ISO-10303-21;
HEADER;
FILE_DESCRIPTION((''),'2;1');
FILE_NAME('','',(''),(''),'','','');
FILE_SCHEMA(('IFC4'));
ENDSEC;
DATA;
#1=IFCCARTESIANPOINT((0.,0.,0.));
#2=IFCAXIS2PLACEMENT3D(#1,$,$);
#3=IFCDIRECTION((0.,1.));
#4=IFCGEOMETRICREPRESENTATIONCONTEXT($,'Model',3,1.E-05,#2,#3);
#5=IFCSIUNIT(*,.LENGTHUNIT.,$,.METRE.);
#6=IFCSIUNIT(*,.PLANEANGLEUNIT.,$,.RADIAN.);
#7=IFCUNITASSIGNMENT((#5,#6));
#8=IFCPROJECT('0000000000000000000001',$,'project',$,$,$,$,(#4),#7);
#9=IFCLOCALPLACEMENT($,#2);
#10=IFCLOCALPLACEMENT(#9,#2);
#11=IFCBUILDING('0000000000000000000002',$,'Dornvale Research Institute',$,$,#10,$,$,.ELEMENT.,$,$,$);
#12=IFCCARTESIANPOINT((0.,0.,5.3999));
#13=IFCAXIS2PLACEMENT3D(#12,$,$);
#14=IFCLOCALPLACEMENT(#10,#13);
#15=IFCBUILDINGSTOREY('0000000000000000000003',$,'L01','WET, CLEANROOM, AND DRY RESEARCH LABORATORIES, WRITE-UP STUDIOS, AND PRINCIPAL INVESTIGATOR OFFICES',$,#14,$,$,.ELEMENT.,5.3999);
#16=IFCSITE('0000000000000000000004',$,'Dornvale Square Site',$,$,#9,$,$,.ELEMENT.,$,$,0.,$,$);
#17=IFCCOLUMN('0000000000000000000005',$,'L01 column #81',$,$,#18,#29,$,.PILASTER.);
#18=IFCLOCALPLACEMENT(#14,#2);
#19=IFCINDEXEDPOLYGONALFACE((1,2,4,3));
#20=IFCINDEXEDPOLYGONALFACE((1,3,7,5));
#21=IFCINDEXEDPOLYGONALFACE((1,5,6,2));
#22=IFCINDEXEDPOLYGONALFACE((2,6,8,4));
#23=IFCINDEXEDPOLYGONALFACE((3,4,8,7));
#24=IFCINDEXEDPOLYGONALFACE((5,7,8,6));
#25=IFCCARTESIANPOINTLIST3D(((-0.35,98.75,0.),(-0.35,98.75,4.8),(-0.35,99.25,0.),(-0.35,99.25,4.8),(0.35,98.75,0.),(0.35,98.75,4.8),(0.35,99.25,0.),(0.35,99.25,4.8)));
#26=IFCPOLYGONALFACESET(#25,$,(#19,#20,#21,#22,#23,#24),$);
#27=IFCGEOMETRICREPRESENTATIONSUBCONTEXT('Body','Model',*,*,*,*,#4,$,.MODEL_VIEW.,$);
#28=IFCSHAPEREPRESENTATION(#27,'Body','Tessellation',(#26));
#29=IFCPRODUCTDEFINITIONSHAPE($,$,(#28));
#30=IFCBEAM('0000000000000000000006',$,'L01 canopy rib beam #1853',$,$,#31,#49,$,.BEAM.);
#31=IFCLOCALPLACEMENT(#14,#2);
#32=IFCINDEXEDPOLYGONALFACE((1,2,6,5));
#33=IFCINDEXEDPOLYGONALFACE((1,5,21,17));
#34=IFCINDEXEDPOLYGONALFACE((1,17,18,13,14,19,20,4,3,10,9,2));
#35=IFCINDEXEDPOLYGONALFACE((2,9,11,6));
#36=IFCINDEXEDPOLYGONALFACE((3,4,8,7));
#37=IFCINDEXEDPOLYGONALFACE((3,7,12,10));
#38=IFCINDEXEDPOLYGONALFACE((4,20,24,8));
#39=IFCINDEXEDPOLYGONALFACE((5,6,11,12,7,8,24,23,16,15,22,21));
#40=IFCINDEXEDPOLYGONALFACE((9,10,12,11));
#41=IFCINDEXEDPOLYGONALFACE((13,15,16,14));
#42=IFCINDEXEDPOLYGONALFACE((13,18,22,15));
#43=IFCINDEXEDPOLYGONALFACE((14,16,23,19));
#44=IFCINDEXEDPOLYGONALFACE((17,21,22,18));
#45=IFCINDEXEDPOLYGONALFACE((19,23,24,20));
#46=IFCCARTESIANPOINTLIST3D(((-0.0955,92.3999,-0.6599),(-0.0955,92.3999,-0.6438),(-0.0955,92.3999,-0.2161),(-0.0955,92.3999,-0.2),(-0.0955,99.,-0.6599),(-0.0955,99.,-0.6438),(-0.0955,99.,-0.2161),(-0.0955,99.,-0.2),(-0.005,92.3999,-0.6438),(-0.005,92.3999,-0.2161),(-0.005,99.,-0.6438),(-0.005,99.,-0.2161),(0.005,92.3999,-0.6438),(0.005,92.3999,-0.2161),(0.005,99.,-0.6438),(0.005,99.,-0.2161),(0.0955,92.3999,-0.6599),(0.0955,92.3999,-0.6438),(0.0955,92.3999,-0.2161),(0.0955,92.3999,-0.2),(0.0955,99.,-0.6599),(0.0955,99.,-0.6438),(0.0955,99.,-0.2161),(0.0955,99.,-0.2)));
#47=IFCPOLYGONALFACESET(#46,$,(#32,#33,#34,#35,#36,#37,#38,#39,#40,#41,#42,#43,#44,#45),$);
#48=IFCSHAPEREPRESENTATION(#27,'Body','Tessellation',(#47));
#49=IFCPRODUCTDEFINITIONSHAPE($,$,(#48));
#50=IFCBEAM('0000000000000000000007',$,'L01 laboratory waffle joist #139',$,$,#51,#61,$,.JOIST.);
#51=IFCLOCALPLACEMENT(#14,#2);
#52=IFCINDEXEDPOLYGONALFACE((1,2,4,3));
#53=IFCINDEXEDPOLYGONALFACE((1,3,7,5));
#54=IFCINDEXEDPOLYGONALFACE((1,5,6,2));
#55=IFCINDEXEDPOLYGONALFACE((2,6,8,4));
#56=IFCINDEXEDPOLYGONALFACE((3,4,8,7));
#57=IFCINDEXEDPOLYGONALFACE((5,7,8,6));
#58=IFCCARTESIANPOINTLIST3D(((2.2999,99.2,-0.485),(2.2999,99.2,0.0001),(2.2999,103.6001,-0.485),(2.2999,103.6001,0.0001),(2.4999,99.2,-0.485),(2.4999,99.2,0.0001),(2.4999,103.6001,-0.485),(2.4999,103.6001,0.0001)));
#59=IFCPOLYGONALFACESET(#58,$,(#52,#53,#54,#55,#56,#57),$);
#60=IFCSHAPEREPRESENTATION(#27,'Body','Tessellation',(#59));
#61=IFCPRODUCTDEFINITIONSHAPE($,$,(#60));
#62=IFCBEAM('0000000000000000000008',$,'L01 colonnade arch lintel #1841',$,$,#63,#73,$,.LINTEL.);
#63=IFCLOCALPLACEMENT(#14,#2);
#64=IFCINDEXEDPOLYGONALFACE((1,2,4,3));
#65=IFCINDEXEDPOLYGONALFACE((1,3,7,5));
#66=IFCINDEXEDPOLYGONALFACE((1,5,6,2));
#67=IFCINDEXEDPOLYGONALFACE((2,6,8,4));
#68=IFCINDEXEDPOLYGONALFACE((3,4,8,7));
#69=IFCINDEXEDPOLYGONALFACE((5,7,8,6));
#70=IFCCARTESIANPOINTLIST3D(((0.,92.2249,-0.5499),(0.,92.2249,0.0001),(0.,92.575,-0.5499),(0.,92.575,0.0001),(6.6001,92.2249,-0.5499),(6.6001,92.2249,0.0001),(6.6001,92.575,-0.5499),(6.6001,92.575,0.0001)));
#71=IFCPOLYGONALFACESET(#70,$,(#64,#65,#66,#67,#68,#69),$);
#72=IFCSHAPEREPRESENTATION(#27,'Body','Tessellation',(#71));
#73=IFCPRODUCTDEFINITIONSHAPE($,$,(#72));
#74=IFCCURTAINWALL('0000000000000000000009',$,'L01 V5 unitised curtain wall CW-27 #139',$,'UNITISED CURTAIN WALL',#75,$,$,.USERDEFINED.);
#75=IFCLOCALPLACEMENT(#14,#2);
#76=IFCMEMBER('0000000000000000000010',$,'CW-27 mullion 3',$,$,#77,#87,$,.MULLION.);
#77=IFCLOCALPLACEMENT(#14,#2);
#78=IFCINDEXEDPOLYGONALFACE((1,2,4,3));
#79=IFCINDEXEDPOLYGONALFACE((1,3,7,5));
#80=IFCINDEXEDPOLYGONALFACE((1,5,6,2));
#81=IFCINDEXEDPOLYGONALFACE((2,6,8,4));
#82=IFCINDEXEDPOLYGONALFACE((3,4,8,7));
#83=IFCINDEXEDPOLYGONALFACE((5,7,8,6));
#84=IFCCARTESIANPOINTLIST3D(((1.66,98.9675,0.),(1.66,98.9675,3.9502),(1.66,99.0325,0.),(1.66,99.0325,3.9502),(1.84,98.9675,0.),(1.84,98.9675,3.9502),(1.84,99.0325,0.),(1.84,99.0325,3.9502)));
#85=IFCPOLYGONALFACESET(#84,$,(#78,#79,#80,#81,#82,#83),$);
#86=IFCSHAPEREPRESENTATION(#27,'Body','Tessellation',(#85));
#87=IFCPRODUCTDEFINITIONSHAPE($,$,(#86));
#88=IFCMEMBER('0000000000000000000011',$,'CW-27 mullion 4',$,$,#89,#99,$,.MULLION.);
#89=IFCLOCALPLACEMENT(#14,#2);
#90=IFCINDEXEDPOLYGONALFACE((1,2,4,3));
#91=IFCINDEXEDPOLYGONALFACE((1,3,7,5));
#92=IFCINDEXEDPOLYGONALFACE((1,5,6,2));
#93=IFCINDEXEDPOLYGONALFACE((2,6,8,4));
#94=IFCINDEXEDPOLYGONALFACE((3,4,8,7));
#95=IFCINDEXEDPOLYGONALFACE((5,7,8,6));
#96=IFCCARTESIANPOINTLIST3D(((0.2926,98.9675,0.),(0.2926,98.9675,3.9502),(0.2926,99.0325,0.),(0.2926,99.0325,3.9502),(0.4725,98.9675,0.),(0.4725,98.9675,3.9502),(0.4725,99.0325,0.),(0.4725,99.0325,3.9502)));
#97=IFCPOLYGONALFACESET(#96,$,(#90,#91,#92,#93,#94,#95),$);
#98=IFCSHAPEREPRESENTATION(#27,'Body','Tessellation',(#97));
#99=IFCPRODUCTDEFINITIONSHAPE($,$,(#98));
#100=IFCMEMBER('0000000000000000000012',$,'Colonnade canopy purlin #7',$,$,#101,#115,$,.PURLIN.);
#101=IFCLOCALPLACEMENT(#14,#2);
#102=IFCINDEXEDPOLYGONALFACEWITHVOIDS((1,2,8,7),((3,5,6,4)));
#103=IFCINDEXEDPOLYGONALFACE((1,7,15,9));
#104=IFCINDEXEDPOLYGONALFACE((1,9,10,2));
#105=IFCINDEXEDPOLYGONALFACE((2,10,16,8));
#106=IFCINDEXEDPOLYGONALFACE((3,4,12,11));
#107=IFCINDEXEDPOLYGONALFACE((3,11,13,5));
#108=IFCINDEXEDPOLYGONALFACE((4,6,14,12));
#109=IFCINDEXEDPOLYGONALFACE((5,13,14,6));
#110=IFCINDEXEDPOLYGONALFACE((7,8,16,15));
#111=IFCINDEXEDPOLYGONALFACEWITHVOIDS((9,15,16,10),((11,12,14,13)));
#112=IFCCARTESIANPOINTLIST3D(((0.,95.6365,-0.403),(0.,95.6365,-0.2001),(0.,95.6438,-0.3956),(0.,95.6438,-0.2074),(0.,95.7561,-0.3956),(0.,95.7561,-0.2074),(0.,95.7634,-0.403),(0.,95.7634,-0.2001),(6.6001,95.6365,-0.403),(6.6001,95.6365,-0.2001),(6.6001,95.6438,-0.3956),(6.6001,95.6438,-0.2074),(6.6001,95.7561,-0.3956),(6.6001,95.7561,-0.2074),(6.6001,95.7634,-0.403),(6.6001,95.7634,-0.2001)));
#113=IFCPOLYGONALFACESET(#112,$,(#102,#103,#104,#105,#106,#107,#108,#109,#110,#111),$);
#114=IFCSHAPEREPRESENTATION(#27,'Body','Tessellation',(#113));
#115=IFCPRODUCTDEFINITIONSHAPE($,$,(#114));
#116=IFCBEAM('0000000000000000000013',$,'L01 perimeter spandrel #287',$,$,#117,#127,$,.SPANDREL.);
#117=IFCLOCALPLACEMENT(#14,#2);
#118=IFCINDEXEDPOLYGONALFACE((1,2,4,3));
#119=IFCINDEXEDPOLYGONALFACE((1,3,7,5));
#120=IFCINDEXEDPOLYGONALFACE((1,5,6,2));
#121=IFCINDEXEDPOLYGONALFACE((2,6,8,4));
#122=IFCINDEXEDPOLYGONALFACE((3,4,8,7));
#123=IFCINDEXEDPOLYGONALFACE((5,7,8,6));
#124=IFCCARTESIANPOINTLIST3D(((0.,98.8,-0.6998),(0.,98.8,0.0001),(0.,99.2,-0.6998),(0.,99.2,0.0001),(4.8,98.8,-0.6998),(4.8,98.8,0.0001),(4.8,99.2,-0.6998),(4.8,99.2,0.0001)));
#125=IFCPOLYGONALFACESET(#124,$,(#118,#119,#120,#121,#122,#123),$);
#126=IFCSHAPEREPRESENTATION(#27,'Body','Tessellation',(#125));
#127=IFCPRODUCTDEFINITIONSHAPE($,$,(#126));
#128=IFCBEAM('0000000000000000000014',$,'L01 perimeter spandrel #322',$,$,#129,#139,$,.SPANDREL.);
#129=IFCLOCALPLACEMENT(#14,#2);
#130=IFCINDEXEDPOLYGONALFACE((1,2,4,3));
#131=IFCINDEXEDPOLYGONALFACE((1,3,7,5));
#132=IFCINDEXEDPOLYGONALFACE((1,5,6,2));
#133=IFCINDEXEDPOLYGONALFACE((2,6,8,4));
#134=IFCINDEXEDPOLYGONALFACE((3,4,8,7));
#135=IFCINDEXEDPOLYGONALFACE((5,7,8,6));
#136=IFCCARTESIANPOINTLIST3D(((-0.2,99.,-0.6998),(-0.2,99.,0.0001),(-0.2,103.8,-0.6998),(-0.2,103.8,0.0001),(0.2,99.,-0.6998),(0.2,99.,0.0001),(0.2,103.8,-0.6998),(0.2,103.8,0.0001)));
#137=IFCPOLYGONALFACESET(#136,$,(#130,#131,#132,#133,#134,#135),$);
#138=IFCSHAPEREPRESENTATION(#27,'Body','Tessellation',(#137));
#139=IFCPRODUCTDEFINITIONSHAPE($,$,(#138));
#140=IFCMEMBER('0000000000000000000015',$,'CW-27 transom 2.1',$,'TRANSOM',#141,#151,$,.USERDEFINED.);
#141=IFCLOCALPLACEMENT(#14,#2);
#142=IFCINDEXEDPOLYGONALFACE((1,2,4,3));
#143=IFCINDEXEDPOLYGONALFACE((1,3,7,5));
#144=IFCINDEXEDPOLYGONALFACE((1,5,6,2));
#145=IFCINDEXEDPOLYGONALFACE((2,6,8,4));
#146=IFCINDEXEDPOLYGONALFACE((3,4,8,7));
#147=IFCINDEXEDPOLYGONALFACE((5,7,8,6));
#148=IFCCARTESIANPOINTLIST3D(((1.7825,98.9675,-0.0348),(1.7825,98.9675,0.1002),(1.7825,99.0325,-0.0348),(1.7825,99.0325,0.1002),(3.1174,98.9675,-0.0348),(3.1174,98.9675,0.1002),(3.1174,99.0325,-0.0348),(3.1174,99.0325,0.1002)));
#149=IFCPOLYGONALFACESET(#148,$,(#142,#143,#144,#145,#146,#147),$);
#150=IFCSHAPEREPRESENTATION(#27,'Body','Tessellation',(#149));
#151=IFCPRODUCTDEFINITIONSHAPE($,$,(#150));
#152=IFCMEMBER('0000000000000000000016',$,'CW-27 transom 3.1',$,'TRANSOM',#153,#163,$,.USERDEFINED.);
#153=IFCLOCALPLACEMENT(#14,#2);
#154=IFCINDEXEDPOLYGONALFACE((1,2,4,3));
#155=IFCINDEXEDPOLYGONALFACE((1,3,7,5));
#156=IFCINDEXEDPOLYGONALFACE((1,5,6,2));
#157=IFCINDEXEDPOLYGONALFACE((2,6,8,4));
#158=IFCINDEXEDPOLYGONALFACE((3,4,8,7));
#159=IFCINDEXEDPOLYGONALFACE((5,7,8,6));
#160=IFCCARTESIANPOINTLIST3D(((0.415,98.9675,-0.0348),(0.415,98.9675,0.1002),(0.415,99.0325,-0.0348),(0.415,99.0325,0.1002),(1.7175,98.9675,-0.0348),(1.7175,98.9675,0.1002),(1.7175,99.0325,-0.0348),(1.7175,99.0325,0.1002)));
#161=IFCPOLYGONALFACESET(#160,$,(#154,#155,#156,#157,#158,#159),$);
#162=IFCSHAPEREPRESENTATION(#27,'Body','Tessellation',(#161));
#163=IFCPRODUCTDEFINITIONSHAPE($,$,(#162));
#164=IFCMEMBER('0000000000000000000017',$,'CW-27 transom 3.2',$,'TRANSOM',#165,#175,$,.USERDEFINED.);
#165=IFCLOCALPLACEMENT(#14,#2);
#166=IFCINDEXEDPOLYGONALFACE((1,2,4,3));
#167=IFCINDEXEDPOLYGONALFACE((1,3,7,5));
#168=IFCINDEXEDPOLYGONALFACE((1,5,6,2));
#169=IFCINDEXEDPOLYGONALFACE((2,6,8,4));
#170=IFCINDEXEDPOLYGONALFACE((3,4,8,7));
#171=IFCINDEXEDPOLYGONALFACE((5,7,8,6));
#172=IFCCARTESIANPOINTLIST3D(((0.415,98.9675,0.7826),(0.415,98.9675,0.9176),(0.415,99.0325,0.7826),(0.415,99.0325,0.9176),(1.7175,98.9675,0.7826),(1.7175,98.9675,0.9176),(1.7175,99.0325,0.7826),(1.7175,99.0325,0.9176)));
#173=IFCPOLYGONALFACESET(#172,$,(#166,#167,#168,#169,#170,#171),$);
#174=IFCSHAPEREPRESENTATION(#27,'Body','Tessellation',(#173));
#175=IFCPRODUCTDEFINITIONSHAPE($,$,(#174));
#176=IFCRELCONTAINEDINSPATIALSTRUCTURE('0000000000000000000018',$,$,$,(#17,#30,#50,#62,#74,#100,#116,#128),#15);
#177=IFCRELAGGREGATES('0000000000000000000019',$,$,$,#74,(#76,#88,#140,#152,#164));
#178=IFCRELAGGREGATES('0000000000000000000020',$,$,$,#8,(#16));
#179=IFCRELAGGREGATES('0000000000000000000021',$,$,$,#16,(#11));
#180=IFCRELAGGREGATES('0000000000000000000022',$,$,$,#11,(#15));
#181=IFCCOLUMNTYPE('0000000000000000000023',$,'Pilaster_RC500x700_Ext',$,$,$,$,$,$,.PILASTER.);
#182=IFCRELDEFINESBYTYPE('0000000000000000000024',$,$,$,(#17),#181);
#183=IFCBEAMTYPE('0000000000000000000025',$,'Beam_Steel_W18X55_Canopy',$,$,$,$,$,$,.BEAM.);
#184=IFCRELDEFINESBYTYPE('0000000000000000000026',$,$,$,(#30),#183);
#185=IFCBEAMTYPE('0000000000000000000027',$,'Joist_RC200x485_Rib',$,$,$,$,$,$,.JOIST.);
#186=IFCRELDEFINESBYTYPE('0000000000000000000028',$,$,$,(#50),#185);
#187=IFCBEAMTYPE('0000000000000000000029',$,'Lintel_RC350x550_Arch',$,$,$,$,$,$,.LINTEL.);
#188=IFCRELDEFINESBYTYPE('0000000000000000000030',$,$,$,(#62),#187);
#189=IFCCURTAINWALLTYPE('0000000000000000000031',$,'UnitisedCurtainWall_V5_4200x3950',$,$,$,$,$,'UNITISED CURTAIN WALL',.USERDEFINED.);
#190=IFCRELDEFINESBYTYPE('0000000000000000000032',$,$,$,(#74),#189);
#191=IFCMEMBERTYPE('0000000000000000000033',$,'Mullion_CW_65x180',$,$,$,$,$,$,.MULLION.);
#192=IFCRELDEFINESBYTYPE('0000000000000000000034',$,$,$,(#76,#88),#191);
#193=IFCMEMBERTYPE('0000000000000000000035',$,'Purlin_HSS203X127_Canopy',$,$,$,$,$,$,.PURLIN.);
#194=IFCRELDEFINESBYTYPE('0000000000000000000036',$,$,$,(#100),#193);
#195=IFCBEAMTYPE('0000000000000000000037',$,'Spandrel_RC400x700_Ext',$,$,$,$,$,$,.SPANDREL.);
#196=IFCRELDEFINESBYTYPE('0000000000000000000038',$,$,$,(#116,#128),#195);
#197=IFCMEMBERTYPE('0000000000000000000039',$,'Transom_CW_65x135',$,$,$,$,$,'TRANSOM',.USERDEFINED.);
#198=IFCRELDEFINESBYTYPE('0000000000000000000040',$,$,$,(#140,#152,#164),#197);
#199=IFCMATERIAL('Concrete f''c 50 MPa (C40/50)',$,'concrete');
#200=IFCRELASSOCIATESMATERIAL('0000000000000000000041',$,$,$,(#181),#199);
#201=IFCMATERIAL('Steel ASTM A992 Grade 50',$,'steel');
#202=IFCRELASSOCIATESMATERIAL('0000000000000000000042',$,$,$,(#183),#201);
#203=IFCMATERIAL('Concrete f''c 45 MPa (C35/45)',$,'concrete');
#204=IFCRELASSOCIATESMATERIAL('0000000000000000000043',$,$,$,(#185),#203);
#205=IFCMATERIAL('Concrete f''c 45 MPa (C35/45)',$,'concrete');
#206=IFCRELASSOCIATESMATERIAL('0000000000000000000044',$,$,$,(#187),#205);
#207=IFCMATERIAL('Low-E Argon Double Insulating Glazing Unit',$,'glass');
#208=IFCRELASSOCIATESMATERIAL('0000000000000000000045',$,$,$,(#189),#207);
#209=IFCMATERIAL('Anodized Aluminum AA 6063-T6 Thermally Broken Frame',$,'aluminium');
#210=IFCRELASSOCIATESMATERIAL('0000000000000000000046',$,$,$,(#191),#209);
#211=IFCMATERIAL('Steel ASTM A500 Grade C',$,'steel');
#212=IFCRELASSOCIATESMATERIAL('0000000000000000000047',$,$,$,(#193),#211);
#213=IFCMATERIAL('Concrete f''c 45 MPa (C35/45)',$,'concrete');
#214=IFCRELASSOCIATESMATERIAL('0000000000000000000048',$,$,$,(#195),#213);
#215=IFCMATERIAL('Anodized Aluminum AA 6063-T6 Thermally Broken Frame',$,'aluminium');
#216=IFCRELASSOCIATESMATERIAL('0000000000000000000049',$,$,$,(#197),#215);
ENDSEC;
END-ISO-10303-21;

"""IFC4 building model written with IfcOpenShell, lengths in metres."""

from ifc_helpers import new_model, si_unit, direction, frame, origin, origin_2d, place, context, subcontext, project, spatial, rectangle, hollow_rectangle, i_section, extrude, material, material_profile, profile_set, type_object, element, aggregate, save


model = new_model("IFC4")

# Units and contexts
model_context = context("Model", 3, precision=1e-05, world=origin(), true_north=direction((0.0, 1.0)))
body_context = subcontext(model_context, "Body", "Model", "MODEL_VIEW")
ifc_project = project(units=[si_unit("LENGTHUNIT", "METRE"), si_unit("PLANEANGLEUNIT", "RADIAN")], contexts=[model_context])

# Site, building, storey
site_placement = place(None, origin())
site = spatial("IfcSite", under=ifc_project, at=site_placement, Name="Dornvale Square Site", CompositionType="ELEMENT", RefElevation=0.0)
building_placement = place(site_placement, origin())
building = spatial("IfcBuilding", under=site, at=building_placement, Name="Dornvale Research Institute", CompositionType="ELEMENT")
storey_placement = place(building_placement, frame((0.0, 0.0, 5.3999)))
storey = spatial("IfcBuildingStorey", under=building, at=storey_placement, Name="L01", Description="WET, CLEANROOM, AND DRY RESEARCH LABORATORIES, WRITE-UP STUDIOS, AND PRINCIPAL INVESTIGATOR OFFICES", CompositionType="ELEMENT", Elevation=5.3999)

# Column
ifc_material_1 = material(Name="Concrete f'c 50 MPa (C40/50)", Category="concrete")
ifc_material_profile_1 = material_profile(ifc_material_1, rectangle(XDim=0.5, YDim=0.7, at=origin_2d()), Name="RC 500x700")
ifc_profile_set_1 = profile_set([ifc_material_profile_1], Name="Concrete f'c 50 MPa (C40/50)")
column_type = type_object("IfcColumnType", Name="Pilaster_RC500x700_Ext", PredefinedType="PILASTER", material=ifc_profile_set_1)
column_placement = place(storey_placement, frame((0.0, 99.0, 0.0), z_axis=(0.0, 0.0, 1.0), x_axis=(0.0, 1.0, 0.0)))
element("IfcColumn", 1, at=column_placement, inside=storey, type_object=column_type, Name="L01 column #81", PredefinedType="PILASTER", context=body_context, shape_type="SweptSolid", body=[
    extrude(rectangle(XDim=0.5, YDim=0.7, at=origin_2d()), origin(), (0.0, 0.0, 1.0), 4.8),
])

# Beams
ifc_material_2 = material(Name="Steel ASTM A992 Grade 50", Category="steel")
ifc_material_profile_2 = material_profile(ifc_material_2, i_section(OverallWidth=0.1909, OverallDepth=0.46, WebThickness=0.01, FlangeThickness=0.0161, at=origin_2d()), Name="W18X55")
ifc_profile_set_2 = profile_set([ifc_material_profile_2], Name="Steel ASTM A992 Grade 50")
beam_type_1 = type_object("IfcBeamType", Name="Beam_Steel_W18X55_Canopy", PredefinedType="BEAM", material=ifc_profile_set_2)
beam_1_placement = place(storey_placement, frame((0.0, 92.3999, -0.4299), z_axis=(0.0, 1.0, 0.0), x_axis=(-1.0, 0.0, 0.0)))
element("IfcBeam", 2, at=beam_1_placement, inside=storey, type_object=beam_type_1, Name="L01 canopy rib beam #1853", PredefinedType="BEAM", context=body_context, shape_type="SweptSolid", body=[
    extrude(i_section(OverallWidth=0.1909, OverallDepth=0.46, WebThickness=0.01, FlangeThickness=0.0161, at=origin_2d()), origin(), (0.0, 0.0, 1.0), 6.6001),
])
ifc_material_3 = material(Name="Concrete f'c 45 MPa (C35/45)", Category="concrete")
ifc_material_profile_3 = material_profile(ifc_material_3, rectangle(XDim=0.2, YDim=0.4851, at=origin_2d()), Name="RC 200x485")
ifc_profile_set_3 = profile_set([ifc_material_profile_3], Name="Concrete f'c 45 MPa (C35/45)")
beam_type_2 = type_object("IfcBeamType", Name="Joist_RC200x485_Rib", PredefinedType="JOIST", material=ifc_profile_set_3)
beam_2_placement = place(storey_placement, frame((2.3999, 99.2, -0.2424), z_axis=(0.0, 1.0, 0.0), x_axis=(-1.0, 0.0, 0.0)))
element("IfcBeam", 3, at=beam_2_placement, inside=storey, type_object=beam_type_2, Name="L01 laboratory waffle joist #139", PredefinedType="JOIST", context=body_context, shape_type="SweptSolid", body=[
    extrude(rectangle(XDim=0.2, YDim=0.4851, at=origin_2d()), origin(), (0.0, 0.0, 1.0), 4.4001),
])
ifc_material_4 = material(Name="Concrete f'c 45 MPa (C35/45)", Category="concrete")
ifc_material_profile_4 = material_profile(ifc_material_4, rectangle(XDim=0.3501, YDim=0.55, at=origin_2d()), Name="RC 350x550")
ifc_profile_set_4 = profile_set([ifc_material_profile_4], Name="Concrete f'c 45 MPa (C35/45)")
beam_type_3 = type_object("IfcBeamType", Name="Lintel_RC350x550_Arch", PredefinedType="LINTEL", material=ifc_profile_set_4)
beam_3_placement = place(storey_placement, frame((0.0, 92.3999, -0.2749), z_axis=(1.0, 0.0, 0.0), x_axis=(0.0, 1.0, 0.0)))
element("IfcBeam", 4, at=beam_3_placement, inside=storey, type_object=beam_type_3, Name="L01 colonnade arch lintel #1841", PredefinedType="LINTEL", context=body_context, shape_type="SweptSolid", body=[
    extrude(rectangle(XDim=0.3501, YDim=0.55, at=origin_2d()), origin(), (0.0, 0.0, 1.0), 6.6001),
])

# Curtain wall, members
ifc_material_5 = material(Name="Low-E Argon Double Insulating Glazing Unit", Category="glass")
curtain_wall_type = type_object("IfcCurtainWallType", Name="UnitisedCurtainWall_V5_4200x3950", ElementType="UNITISED CURTAIN WALL", PredefinedType="USERDEFINED", material=ifc_material_5)
curtain_wall_placement = place(storey_placement, origin())
curtain_wall = element("IfcCurtainWall", 5, at=curtain_wall_placement, inside=storey, type_object=curtain_wall_type, Name="L01 V5 unitised curtain wall CW-27 #139", ObjectType="UNITISED CURTAIN WALL", PredefinedType="USERDEFINED")
ifc_material_6 = material(Name="Anodized Aluminum AA 6063-T6 Thermally Broken Frame", Category="aluminium")
ifc_material_profile_5 = material_profile(ifc_material_6, rectangle(XDim=0.0649, YDim=0.1799, at=origin_2d()), Name="ALU MULLION 65x180")
ifc_profile_set_5 = profile_set([ifc_material_profile_5], Name="Anodized Aluminum AA 6063-T6 Thermally Broken Frame")
member_type_1 = type_object("IfcMemberType", Name="Mullion_CW_65x180", PredefinedType="MULLION", material=ifc_profile_set_5)
member_1_placement = place(storey_placement, frame((1.75, 99.0, 0.0), z_axis=(0.0, 0.0, 1.0), x_axis=(0.0, -1.0, 0.0)))
member_1 = element("IfcMember", 6, at=member_1_placement, type_object=member_type_1, Name="CW-27 mullion 3", PredefinedType="MULLION", context=body_context, shape_type="SweptSolid", body=[
    extrude(rectangle(XDim=0.0649, YDim=0.1799, at=origin_2d()), origin(), (0.0, 0.0, 1.0), 3.9502),
])
member_2_placement = place(storey_placement, frame((0.3826, 99.0, 0.0), z_axis=(0.0, 0.0, 1.0), x_axis=(0.0, -1.0, 0.0)))
member_2 = element("IfcMember", 7, at=member_2_placement, type_object=member_type_1, Name="CW-27 mullion 4", PredefinedType="MULLION", context=body_context, shape_type="SweptSolid", body=[
    extrude(rectangle(XDim=0.0649, YDim=0.1799, at=origin_2d()), origin(), (0.0, 0.0, 1.0), 3.9502),
])

# Member
ifc_material_7 = material(Name="Steel ASTM A500 Grade C", Category="steel")
ifc_material_profile_6 = material_profile(ifc_material_7, hollow_rectangle(XDim=0.127, YDim=0.2029, WallThickness=0.0073, at=origin_2d()), Name="HSS203X127X7.9")
ifc_profile_set_6 = profile_set([ifc_material_profile_6], Name="Steel ASTM A500 Grade C")
member_type_2 = type_object("IfcMemberType", Name="Purlin_HSS203X127_Canopy", PredefinedType="PURLIN", material=ifc_profile_set_6)
member_3_placement = place(storey_placement, frame((0.0, 95.7, -0.3015), z_axis=(1.0, 0.0, 0.0), x_axis=(0.0, 1.0, 0.0)))
element("IfcMember", 8, at=member_3_placement, inside=storey, type_object=member_type_2, Name="Colonnade canopy purlin #7", PredefinedType="PURLIN", context=body_context, shape_type="SweptSolid", body=[
    extrude(hollow_rectangle(XDim=0.127, YDim=0.2029, WallThickness=0.0073, at=origin_2d()), origin(), (0.0, 0.0, 1.0), 6.6001),
])

# Beams
ifc_material_8 = material(Name="Concrete f'c 45 MPa (C35/45)", Category="concrete")
ifc_material_profile_7 = material_profile(ifc_material_8, rectangle(XDim=0.3999, YDim=0.7, at=origin_2d()), Name="RC 400x700")
ifc_profile_set_7 = profile_set([ifc_material_profile_7], Name="Concrete f'c 45 MPa (C35/45)")
beam_type_4 = type_object("IfcBeamType", Name="Spandrel_RC400x700_Ext", PredefinedType="SPANDREL", material=ifc_profile_set_7)
for number, where, z_axis, x_axis, name in (
    (9, (0.0, 99.0, -0.3499), (1.0, 0.0, 0.0), (0.0, 1.0, 0.0), "L01 perimeter spandrel #287"),
    (10, (0.0, 99.0, -0.3499), (0.0, 1.0, 0.0), (-1.0, 0.0, 0.0), "L01 perimeter spandrel #322"),
):
    element("IfcBeam", number, at=place(storey_placement, frame(where, z_axis=z_axis, x_axis=x_axis)), inside=storey, type_object=beam_type_4, Name=name, PredefinedType="SPANDREL", context=body_context, shape_type="SweptSolid", body=[
        extrude(rectangle(XDim=0.3999, YDim=0.7, at=origin_2d()), origin(), (0.0, 0.0, 1.0), 4.8),
    ])

# Members
ifc_material_9 = material(Name="Anodized Aluminum AA 6063-T6 Thermally Broken Frame", Category="aluminium")
ifc_material_profile_8 = material_profile(ifc_material_9, rectangle(XDim=0.0649, YDim=0.135, at=origin_2d()), Name="ALU TRANSOM 65x135")
ifc_profile_set_8 = profile_set([ifc_material_profile_8], Name="Anodized Aluminum AA 6063-T6 Thermally Broken Frame")
member_type_3 = type_object("IfcMemberType", Name="Transom_CW_65x135", ElementType="TRANSOM", PredefinedType="USERDEFINED", material=ifc_profile_set_8)
member_4_placement = place(storey_placement, frame((3.1174, 99.0, 0.0327), z_axis=(-1.0, 0.0, 0.0), x_axis=(0.0, -1.0, 0.0)))
member_4 = element("IfcMember", 11, at=member_4_placement, type_object=member_type_3, Name="CW-27 transom 2.1", ObjectType="TRANSOM", PredefinedType="USERDEFINED", context=body_context, shape_type="SweptSolid", body=[
    extrude(rectangle(XDim=0.0649, YDim=0.135, at=origin_2d()), origin(), (0.0, 0.0, 1.0), 1.335),
])
member_5_placement = place(storey_placement, frame((1.7175, 99.0, 0.0327), z_axis=(-1.0, 0.0, 0.0), x_axis=(0.0, -1.0, 0.0)))
member_5 = element("IfcMember", 12, at=member_5_placement, type_object=member_type_3, Name="CW-27 transom 3.1", ObjectType="TRANSOM", PredefinedType="USERDEFINED", context=body_context, shape_type="SweptSolid", body=[
    extrude(rectangle(XDim=0.0649, YDim=0.135, at=origin_2d()), origin(), (0.0, 0.0, 1.0), 1.3025),
])
member_6_placement = place(storey_placement, frame((1.7175, 99.0, 0.8501), z_axis=(-1.0, 0.0, 0.0), x_axis=(0.0, -1.0, 0.0)))
member_6 = element("IfcMember", 13, at=member_6_placement, type_object=member_type_3, Name="CW-27 transom 3.2", ObjectType="TRANSOM", PredefinedType="USERDEFINED", context=body_context, shape_type="SweptSolid", body=[
    extrude(rectangle(XDim=0.0649, YDim=0.135, at=origin_2d()), origin(), (0.0, 0.0, 1.0), 1.3025),
])

aggregate(curtain_wall, [member_1, member_2, member_4, member_5, member_6])

save(model, "model.ifc")
